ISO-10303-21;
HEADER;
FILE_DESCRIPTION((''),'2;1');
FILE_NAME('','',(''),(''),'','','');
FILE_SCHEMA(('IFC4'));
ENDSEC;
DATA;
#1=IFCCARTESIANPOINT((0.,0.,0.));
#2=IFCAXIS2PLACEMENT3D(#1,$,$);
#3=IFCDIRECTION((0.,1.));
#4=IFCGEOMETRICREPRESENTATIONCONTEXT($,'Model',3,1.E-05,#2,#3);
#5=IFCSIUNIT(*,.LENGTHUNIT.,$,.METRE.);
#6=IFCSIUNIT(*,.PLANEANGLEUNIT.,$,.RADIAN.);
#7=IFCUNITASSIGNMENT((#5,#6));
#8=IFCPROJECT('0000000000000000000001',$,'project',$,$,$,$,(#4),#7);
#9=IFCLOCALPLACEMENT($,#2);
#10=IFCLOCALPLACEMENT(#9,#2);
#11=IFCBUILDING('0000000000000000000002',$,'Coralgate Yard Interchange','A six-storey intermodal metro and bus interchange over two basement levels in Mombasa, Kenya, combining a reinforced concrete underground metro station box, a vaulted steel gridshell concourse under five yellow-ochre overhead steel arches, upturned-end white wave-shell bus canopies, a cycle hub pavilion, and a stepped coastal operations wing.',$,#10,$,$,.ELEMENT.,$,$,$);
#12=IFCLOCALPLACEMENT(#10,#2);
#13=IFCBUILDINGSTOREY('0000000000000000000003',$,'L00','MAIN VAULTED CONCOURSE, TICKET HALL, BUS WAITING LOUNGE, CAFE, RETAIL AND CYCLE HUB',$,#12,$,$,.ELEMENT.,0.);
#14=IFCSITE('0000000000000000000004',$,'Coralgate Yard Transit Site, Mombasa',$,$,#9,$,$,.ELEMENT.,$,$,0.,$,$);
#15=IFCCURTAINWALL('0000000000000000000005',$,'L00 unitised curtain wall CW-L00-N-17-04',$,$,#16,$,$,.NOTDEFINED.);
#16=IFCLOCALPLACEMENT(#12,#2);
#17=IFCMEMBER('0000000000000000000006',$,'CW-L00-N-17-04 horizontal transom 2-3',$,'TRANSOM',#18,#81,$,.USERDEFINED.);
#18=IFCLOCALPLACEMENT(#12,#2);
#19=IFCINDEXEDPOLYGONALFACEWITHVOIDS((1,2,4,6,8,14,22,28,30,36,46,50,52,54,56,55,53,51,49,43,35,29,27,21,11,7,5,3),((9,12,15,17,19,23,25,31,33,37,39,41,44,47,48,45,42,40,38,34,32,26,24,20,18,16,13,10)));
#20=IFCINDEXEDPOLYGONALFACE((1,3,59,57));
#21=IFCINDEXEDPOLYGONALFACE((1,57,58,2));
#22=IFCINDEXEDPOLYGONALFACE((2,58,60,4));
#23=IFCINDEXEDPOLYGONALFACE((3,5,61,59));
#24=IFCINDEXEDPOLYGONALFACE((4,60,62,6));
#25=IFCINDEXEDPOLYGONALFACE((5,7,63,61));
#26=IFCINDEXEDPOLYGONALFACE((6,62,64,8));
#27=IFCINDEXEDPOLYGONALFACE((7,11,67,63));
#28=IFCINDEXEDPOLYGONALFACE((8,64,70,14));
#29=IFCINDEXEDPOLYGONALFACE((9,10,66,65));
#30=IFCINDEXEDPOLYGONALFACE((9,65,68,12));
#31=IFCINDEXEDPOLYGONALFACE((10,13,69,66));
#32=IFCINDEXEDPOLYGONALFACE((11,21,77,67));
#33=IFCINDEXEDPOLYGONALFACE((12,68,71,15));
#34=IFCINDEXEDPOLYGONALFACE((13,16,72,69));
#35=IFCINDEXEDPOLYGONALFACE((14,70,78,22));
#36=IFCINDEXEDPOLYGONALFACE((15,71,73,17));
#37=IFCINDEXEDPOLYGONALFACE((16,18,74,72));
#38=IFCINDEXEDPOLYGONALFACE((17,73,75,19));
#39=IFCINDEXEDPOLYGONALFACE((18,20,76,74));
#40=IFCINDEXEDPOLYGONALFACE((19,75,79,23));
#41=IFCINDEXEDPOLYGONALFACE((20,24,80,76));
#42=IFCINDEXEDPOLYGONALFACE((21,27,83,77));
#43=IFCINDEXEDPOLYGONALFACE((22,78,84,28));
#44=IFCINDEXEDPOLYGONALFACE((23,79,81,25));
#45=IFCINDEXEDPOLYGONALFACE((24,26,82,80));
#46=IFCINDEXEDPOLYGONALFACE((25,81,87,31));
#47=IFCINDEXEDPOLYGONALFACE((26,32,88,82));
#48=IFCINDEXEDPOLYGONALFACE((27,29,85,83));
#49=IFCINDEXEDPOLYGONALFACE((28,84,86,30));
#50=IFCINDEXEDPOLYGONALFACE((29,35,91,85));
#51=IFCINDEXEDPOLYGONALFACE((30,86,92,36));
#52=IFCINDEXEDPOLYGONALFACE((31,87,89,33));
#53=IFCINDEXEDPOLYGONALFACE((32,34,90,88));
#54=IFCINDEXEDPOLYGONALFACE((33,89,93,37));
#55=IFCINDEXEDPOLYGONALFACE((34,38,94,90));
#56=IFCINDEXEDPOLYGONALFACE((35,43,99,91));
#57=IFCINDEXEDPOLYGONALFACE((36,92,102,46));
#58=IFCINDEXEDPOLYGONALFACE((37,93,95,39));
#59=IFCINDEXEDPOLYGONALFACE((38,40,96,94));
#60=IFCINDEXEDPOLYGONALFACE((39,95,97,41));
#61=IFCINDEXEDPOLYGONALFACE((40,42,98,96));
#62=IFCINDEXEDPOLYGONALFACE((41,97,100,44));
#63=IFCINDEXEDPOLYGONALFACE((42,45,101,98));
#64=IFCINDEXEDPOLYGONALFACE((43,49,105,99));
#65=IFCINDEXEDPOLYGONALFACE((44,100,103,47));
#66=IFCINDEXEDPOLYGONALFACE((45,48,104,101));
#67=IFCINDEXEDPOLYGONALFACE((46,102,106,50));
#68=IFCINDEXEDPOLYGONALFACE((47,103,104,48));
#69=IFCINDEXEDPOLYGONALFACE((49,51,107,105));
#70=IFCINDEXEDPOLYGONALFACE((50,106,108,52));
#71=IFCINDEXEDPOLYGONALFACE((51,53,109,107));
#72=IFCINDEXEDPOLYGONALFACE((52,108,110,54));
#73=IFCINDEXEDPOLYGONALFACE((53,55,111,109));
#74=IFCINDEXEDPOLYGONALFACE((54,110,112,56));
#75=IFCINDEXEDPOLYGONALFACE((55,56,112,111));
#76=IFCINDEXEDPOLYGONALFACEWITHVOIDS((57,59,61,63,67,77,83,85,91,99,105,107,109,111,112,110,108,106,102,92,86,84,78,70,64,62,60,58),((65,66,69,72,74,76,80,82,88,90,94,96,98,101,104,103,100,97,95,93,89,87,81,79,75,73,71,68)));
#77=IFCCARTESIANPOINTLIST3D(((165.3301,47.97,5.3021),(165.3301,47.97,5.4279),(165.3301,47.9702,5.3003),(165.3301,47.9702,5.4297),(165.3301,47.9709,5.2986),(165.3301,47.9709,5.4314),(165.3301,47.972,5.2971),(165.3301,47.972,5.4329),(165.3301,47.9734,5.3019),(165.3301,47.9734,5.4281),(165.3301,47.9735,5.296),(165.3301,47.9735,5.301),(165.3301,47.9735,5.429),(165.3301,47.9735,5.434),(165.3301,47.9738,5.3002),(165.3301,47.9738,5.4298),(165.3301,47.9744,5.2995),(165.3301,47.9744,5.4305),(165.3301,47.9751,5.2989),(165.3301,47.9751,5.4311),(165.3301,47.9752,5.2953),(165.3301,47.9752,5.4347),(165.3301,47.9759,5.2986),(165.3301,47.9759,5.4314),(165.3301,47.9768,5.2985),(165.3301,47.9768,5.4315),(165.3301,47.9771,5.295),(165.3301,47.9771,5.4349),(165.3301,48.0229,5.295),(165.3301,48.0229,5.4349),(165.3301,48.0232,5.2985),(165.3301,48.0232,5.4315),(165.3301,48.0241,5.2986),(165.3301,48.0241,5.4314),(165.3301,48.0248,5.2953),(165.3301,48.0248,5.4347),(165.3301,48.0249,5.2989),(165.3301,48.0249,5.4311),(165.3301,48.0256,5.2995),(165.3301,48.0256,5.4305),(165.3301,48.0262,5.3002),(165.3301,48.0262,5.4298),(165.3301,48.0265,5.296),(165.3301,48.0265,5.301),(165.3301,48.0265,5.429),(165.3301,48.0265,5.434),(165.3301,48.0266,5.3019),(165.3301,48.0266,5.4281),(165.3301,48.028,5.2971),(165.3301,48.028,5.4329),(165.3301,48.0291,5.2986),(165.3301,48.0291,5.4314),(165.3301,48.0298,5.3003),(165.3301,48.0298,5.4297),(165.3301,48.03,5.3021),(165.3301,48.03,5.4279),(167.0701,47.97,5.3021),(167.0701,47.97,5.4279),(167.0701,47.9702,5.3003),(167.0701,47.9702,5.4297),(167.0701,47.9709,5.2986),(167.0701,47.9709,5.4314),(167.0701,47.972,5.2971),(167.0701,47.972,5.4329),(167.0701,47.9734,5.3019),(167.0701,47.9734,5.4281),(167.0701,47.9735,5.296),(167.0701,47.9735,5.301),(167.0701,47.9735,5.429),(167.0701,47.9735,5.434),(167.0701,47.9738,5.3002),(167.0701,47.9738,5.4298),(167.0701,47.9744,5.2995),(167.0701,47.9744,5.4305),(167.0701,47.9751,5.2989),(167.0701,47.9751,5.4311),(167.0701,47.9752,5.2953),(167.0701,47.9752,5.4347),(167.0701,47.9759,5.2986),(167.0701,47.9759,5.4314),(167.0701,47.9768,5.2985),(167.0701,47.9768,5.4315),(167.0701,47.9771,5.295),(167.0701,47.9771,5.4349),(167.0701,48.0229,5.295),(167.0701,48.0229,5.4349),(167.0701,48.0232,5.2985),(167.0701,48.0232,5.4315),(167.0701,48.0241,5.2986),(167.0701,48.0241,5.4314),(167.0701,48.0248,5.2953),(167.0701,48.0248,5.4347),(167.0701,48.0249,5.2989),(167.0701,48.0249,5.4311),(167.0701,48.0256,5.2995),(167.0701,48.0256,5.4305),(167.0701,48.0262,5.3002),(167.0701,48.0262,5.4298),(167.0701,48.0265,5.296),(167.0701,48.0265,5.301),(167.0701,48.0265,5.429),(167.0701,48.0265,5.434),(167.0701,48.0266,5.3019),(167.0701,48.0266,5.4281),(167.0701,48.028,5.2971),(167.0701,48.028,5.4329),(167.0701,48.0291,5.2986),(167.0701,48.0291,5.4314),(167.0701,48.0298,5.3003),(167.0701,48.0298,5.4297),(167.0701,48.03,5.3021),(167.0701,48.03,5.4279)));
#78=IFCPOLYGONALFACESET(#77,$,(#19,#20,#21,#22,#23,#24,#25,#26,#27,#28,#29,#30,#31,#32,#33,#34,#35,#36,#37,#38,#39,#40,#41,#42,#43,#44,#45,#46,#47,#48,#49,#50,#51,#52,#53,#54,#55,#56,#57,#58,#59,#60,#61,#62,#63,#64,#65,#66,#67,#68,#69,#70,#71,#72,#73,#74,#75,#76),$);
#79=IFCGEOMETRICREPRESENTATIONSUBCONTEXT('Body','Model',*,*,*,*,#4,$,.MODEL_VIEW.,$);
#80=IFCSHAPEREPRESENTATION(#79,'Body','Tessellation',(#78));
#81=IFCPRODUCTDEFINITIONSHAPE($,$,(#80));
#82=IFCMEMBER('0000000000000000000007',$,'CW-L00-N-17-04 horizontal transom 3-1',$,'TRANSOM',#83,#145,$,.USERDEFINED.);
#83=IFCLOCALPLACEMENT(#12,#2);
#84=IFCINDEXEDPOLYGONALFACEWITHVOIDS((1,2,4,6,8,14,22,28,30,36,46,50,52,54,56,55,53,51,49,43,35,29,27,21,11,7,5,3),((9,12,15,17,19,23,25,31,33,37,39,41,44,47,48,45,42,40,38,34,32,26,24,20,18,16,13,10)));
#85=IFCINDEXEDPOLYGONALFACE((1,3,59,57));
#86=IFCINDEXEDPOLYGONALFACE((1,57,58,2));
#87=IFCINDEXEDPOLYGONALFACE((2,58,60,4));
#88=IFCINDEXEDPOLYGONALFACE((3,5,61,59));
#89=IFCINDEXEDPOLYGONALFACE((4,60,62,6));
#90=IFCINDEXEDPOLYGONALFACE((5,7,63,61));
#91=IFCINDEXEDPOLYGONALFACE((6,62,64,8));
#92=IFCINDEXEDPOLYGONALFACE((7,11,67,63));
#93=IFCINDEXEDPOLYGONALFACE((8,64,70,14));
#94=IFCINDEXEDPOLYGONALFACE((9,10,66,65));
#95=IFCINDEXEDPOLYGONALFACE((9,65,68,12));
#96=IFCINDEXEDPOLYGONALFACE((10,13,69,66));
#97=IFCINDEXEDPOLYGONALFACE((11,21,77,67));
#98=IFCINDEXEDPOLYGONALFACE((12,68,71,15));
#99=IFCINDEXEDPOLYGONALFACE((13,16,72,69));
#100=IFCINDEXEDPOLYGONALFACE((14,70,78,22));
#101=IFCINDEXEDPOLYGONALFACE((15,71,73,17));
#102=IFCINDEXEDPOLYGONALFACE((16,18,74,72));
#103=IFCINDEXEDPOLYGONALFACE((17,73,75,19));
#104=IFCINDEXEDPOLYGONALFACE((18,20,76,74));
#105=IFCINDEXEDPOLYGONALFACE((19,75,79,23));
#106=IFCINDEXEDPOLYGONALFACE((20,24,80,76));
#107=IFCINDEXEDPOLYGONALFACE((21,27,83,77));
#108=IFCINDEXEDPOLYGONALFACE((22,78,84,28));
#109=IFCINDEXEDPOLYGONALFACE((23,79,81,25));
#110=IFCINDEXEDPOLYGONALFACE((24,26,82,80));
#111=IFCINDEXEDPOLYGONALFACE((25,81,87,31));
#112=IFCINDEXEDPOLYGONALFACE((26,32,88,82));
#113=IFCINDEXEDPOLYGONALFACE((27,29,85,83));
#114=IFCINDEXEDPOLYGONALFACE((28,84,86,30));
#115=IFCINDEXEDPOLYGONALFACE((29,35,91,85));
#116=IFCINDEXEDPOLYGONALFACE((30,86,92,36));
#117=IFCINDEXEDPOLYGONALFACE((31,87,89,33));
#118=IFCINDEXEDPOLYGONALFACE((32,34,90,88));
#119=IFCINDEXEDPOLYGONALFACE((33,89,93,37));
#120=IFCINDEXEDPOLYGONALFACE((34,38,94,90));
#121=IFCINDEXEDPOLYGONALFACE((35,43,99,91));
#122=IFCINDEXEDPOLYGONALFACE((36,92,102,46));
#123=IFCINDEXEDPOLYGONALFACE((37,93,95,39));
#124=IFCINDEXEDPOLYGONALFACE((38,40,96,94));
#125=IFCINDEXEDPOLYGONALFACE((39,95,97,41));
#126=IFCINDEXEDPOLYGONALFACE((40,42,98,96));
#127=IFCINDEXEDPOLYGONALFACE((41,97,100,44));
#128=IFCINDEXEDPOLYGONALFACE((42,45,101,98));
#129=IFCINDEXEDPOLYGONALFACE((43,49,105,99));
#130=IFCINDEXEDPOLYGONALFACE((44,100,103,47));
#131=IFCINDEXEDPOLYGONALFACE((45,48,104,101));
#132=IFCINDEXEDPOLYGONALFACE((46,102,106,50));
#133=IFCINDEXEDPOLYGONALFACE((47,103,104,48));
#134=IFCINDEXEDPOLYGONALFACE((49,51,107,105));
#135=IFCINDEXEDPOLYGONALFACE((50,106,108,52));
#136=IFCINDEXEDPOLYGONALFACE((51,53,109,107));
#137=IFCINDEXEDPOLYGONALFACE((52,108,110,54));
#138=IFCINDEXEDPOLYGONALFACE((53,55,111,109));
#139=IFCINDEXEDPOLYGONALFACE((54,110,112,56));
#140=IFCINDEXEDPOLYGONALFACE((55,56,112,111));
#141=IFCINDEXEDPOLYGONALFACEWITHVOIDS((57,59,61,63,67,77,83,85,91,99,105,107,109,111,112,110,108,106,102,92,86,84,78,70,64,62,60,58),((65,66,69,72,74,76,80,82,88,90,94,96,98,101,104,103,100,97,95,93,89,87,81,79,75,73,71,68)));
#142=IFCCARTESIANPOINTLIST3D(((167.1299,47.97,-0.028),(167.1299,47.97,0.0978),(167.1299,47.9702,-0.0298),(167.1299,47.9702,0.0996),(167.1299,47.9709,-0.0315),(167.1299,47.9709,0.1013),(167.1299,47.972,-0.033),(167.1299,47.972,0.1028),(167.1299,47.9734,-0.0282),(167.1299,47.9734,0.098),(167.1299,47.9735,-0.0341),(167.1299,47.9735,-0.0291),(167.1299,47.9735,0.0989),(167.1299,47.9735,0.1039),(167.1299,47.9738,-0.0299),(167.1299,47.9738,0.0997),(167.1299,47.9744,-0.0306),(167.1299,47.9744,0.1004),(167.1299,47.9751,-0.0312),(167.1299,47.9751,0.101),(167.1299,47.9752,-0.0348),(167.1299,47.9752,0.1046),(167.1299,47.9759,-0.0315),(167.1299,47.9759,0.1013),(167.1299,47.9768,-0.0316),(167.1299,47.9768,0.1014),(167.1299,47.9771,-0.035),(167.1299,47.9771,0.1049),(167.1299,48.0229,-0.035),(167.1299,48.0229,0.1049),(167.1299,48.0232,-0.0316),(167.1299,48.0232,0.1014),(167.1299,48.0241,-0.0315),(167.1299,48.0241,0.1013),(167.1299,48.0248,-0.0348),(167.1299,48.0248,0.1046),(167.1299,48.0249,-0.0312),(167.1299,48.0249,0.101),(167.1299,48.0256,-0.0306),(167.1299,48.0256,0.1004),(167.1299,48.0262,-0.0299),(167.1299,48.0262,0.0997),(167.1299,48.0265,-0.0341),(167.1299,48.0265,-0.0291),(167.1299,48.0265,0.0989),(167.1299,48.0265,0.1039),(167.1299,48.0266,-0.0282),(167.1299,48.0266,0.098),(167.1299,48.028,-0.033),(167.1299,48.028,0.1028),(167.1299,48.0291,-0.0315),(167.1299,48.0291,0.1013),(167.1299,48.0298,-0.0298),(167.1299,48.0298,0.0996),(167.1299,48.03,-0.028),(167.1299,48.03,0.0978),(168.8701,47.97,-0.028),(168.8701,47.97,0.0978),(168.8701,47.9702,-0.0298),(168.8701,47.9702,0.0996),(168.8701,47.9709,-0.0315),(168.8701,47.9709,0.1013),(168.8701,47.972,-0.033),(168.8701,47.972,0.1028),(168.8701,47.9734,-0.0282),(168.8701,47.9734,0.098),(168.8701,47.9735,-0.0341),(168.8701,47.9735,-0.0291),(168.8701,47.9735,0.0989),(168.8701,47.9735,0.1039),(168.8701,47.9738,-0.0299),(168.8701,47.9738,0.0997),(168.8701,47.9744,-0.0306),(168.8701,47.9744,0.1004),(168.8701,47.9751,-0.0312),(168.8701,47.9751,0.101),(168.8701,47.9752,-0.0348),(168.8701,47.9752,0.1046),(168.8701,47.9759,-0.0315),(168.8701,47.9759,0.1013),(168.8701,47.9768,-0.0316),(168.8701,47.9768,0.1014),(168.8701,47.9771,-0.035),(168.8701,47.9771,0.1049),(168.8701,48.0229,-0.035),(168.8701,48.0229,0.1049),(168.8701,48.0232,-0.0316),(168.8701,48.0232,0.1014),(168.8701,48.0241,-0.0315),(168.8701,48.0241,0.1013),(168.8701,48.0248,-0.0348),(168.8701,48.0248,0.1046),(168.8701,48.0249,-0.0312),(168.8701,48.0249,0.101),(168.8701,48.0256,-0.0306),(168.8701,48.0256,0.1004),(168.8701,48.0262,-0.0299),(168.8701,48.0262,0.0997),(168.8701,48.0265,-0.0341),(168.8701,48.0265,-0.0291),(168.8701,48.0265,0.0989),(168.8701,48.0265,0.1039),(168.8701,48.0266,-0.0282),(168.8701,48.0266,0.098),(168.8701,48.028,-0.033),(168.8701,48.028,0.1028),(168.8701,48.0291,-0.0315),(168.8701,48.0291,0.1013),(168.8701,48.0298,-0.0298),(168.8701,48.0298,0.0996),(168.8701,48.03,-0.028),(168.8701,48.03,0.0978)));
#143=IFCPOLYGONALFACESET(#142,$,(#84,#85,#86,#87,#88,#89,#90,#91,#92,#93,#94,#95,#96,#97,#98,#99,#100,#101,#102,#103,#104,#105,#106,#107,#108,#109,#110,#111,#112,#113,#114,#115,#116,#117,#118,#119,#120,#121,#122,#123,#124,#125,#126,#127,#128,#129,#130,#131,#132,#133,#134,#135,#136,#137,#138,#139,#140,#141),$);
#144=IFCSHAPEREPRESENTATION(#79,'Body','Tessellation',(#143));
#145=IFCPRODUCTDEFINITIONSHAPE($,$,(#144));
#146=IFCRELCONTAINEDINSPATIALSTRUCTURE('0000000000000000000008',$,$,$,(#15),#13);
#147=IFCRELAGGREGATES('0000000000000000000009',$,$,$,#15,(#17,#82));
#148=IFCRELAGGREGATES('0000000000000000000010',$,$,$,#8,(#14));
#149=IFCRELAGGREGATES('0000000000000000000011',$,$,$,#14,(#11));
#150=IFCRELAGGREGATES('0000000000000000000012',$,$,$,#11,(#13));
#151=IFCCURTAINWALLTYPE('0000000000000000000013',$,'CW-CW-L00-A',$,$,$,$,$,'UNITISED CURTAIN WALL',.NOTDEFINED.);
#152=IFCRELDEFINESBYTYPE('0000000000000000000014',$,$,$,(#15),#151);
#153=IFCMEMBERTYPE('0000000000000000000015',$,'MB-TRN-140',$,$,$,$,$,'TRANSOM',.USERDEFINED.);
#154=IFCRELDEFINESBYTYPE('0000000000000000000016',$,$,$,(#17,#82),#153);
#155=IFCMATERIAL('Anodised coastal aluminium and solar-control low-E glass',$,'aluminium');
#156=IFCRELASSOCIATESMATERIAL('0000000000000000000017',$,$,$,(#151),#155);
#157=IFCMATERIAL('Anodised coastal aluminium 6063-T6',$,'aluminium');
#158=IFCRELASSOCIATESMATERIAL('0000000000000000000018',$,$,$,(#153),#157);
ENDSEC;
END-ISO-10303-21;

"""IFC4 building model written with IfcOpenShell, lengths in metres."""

from ifc_helpers import new_model, si_unit, direction, frame, origin, origin_2d, place, context, subcontext, project, spatial, hollow_rectangle, extrude, material, material_profile, profile_set, type_object, element, aggregate, save


model = new_model("IFC4")

# Units and contexts
model_context = context("Model", 3, precision=1e-05, world=origin(), true_north=direction((0.0, 1.0)))
body_context = subcontext(model_context, "Body", "Model", "MODEL_VIEW")
ifc_project = project(units=[si_unit("LENGTHUNIT", "METRE"), si_unit("PLANEANGLEUNIT", "RADIAN")], contexts=[model_context])

# Site, building, storey
site_placement = place(None, origin())
site = spatial("IfcSite", under=ifc_project, at=site_placement, Name="Coralgate Yard Transit Site, Mombasa", CompositionType="ELEMENT", RefElevation=0.0)
building_placement = place(site_placement, origin())
building = spatial("IfcBuilding", under=site, at=building_placement, Name="Coralgate Yard Interchange", Description="A six-storey intermodal metro and bus interchange over two basement levels in Mombasa, Kenya, combining a reinforced concrete underground metro station box, a vaulted steel gridshell concourse under five yellow-ochre overhead steel arches, upturned-end white wave-shell bus canopies, a cycle hub pavilion, and a stepped coastal operations wing.", CompositionType="ELEMENT")
storey_placement = place(building_placement, origin())
storey = spatial("IfcBuildingStorey", under=building, at=storey_placement, Name="L00", Description="MAIN VAULTED CONCOURSE, TICKET HALL, BUS WAITING LOUNGE, CAFE, RETAIL AND CYCLE HUB", CompositionType="ELEMENT", Elevation=0.0)

# Curtain wall, members
ifc_material_1 = material(Name="Anodised coastal aluminium and solar-control low-E glass", Category="aluminium")
curtain_wall_type = type_object("IfcCurtainWallType", Name="CW-CW-L00-A", ElementType="UNITISED CURTAIN WALL", PredefinedType="NOTDEFINED", material=ifc_material_1)
curtain_wall_placement = place(storey_placement, origin())
curtain_wall = element("IfcCurtainWall", 1, at=curtain_wall_placement, inside=storey, type_object=curtain_wall_type, Name="L00 unitised curtain wall CW-L00-N-17-04", PredefinedType="NOTDEFINED")
ifc_material_2 = material(Name="Anodised coastal aluminium 6063-T6", Category="aluminium")
ifc_material_profile_1 = material_profile(ifc_material_2, hollow_rectangle(XDim=0.0601, YDim=0.1399, WallThickness=0.0034, InnerFilletRadius=0.0034, OuterFilletRadius=0.0071, at=origin_2d()), Name="ALU 60x140x3.5")
ifc_profile_set_1 = profile_set([ifc_material_profile_1], Name="Anodised coastal aluminium 6063-T6")
member_type_1 = type_object("IfcMemberType", Name="MB-TRN-140", ElementType="TRANSOM", PredefinedType="USERDEFINED", material=ifc_profile_set_1)
member_1_placement = place(storey_placement, frame((165.3301, 48.0, 5.365), z_axis=(1.0, 0.0, 0.0), x_axis=(0.0, 1.0, 0.0)))
member_1 = element("IfcMember", 2, at=member_1_placement, type_object=member_type_1, Name="CW-L00-N-17-04 horizontal transom 2-3", ObjectType="TRANSOM", PredefinedType="USERDEFINED", context=body_context, shape_type="SweptSolid", body=[
    extrude(hollow_rectangle(XDim=0.0601, YDim=0.1399, WallThickness=0.0034, InnerFilletRadius=0.0034, OuterFilletRadius=0.0071, at=origin_2d()), origin(), (0.0, 0.0, 1.0), 1.74),
])
member_2_placement = place(storey_placement, frame((167.1299, 48.0, 0.0349), z_axis=(1.0, 0.0, 0.0), x_axis=(0.0, 1.0, 0.0)))
member_2 = element("IfcMember", 3, at=member_2_placement, type_object=member_type_1, Name="CW-L00-N-17-04 horizontal transom 3-1", ObjectType="TRANSOM", PredefinedType="USERDEFINED", context=body_context, shape_type="SweptSolid", body=[
    extrude(hollow_rectangle(XDim=0.0601, YDim=0.1399, WallThickness=0.0034, InnerFilletRadius=0.0034, OuterFilletRadius=0.0071, at=origin_2d()), origin(), (0.0, 0.0, 1.0), 1.7402),
])
aggregate(curtain_wall, [member_1, member_2])

save(model, "model.ifc")
